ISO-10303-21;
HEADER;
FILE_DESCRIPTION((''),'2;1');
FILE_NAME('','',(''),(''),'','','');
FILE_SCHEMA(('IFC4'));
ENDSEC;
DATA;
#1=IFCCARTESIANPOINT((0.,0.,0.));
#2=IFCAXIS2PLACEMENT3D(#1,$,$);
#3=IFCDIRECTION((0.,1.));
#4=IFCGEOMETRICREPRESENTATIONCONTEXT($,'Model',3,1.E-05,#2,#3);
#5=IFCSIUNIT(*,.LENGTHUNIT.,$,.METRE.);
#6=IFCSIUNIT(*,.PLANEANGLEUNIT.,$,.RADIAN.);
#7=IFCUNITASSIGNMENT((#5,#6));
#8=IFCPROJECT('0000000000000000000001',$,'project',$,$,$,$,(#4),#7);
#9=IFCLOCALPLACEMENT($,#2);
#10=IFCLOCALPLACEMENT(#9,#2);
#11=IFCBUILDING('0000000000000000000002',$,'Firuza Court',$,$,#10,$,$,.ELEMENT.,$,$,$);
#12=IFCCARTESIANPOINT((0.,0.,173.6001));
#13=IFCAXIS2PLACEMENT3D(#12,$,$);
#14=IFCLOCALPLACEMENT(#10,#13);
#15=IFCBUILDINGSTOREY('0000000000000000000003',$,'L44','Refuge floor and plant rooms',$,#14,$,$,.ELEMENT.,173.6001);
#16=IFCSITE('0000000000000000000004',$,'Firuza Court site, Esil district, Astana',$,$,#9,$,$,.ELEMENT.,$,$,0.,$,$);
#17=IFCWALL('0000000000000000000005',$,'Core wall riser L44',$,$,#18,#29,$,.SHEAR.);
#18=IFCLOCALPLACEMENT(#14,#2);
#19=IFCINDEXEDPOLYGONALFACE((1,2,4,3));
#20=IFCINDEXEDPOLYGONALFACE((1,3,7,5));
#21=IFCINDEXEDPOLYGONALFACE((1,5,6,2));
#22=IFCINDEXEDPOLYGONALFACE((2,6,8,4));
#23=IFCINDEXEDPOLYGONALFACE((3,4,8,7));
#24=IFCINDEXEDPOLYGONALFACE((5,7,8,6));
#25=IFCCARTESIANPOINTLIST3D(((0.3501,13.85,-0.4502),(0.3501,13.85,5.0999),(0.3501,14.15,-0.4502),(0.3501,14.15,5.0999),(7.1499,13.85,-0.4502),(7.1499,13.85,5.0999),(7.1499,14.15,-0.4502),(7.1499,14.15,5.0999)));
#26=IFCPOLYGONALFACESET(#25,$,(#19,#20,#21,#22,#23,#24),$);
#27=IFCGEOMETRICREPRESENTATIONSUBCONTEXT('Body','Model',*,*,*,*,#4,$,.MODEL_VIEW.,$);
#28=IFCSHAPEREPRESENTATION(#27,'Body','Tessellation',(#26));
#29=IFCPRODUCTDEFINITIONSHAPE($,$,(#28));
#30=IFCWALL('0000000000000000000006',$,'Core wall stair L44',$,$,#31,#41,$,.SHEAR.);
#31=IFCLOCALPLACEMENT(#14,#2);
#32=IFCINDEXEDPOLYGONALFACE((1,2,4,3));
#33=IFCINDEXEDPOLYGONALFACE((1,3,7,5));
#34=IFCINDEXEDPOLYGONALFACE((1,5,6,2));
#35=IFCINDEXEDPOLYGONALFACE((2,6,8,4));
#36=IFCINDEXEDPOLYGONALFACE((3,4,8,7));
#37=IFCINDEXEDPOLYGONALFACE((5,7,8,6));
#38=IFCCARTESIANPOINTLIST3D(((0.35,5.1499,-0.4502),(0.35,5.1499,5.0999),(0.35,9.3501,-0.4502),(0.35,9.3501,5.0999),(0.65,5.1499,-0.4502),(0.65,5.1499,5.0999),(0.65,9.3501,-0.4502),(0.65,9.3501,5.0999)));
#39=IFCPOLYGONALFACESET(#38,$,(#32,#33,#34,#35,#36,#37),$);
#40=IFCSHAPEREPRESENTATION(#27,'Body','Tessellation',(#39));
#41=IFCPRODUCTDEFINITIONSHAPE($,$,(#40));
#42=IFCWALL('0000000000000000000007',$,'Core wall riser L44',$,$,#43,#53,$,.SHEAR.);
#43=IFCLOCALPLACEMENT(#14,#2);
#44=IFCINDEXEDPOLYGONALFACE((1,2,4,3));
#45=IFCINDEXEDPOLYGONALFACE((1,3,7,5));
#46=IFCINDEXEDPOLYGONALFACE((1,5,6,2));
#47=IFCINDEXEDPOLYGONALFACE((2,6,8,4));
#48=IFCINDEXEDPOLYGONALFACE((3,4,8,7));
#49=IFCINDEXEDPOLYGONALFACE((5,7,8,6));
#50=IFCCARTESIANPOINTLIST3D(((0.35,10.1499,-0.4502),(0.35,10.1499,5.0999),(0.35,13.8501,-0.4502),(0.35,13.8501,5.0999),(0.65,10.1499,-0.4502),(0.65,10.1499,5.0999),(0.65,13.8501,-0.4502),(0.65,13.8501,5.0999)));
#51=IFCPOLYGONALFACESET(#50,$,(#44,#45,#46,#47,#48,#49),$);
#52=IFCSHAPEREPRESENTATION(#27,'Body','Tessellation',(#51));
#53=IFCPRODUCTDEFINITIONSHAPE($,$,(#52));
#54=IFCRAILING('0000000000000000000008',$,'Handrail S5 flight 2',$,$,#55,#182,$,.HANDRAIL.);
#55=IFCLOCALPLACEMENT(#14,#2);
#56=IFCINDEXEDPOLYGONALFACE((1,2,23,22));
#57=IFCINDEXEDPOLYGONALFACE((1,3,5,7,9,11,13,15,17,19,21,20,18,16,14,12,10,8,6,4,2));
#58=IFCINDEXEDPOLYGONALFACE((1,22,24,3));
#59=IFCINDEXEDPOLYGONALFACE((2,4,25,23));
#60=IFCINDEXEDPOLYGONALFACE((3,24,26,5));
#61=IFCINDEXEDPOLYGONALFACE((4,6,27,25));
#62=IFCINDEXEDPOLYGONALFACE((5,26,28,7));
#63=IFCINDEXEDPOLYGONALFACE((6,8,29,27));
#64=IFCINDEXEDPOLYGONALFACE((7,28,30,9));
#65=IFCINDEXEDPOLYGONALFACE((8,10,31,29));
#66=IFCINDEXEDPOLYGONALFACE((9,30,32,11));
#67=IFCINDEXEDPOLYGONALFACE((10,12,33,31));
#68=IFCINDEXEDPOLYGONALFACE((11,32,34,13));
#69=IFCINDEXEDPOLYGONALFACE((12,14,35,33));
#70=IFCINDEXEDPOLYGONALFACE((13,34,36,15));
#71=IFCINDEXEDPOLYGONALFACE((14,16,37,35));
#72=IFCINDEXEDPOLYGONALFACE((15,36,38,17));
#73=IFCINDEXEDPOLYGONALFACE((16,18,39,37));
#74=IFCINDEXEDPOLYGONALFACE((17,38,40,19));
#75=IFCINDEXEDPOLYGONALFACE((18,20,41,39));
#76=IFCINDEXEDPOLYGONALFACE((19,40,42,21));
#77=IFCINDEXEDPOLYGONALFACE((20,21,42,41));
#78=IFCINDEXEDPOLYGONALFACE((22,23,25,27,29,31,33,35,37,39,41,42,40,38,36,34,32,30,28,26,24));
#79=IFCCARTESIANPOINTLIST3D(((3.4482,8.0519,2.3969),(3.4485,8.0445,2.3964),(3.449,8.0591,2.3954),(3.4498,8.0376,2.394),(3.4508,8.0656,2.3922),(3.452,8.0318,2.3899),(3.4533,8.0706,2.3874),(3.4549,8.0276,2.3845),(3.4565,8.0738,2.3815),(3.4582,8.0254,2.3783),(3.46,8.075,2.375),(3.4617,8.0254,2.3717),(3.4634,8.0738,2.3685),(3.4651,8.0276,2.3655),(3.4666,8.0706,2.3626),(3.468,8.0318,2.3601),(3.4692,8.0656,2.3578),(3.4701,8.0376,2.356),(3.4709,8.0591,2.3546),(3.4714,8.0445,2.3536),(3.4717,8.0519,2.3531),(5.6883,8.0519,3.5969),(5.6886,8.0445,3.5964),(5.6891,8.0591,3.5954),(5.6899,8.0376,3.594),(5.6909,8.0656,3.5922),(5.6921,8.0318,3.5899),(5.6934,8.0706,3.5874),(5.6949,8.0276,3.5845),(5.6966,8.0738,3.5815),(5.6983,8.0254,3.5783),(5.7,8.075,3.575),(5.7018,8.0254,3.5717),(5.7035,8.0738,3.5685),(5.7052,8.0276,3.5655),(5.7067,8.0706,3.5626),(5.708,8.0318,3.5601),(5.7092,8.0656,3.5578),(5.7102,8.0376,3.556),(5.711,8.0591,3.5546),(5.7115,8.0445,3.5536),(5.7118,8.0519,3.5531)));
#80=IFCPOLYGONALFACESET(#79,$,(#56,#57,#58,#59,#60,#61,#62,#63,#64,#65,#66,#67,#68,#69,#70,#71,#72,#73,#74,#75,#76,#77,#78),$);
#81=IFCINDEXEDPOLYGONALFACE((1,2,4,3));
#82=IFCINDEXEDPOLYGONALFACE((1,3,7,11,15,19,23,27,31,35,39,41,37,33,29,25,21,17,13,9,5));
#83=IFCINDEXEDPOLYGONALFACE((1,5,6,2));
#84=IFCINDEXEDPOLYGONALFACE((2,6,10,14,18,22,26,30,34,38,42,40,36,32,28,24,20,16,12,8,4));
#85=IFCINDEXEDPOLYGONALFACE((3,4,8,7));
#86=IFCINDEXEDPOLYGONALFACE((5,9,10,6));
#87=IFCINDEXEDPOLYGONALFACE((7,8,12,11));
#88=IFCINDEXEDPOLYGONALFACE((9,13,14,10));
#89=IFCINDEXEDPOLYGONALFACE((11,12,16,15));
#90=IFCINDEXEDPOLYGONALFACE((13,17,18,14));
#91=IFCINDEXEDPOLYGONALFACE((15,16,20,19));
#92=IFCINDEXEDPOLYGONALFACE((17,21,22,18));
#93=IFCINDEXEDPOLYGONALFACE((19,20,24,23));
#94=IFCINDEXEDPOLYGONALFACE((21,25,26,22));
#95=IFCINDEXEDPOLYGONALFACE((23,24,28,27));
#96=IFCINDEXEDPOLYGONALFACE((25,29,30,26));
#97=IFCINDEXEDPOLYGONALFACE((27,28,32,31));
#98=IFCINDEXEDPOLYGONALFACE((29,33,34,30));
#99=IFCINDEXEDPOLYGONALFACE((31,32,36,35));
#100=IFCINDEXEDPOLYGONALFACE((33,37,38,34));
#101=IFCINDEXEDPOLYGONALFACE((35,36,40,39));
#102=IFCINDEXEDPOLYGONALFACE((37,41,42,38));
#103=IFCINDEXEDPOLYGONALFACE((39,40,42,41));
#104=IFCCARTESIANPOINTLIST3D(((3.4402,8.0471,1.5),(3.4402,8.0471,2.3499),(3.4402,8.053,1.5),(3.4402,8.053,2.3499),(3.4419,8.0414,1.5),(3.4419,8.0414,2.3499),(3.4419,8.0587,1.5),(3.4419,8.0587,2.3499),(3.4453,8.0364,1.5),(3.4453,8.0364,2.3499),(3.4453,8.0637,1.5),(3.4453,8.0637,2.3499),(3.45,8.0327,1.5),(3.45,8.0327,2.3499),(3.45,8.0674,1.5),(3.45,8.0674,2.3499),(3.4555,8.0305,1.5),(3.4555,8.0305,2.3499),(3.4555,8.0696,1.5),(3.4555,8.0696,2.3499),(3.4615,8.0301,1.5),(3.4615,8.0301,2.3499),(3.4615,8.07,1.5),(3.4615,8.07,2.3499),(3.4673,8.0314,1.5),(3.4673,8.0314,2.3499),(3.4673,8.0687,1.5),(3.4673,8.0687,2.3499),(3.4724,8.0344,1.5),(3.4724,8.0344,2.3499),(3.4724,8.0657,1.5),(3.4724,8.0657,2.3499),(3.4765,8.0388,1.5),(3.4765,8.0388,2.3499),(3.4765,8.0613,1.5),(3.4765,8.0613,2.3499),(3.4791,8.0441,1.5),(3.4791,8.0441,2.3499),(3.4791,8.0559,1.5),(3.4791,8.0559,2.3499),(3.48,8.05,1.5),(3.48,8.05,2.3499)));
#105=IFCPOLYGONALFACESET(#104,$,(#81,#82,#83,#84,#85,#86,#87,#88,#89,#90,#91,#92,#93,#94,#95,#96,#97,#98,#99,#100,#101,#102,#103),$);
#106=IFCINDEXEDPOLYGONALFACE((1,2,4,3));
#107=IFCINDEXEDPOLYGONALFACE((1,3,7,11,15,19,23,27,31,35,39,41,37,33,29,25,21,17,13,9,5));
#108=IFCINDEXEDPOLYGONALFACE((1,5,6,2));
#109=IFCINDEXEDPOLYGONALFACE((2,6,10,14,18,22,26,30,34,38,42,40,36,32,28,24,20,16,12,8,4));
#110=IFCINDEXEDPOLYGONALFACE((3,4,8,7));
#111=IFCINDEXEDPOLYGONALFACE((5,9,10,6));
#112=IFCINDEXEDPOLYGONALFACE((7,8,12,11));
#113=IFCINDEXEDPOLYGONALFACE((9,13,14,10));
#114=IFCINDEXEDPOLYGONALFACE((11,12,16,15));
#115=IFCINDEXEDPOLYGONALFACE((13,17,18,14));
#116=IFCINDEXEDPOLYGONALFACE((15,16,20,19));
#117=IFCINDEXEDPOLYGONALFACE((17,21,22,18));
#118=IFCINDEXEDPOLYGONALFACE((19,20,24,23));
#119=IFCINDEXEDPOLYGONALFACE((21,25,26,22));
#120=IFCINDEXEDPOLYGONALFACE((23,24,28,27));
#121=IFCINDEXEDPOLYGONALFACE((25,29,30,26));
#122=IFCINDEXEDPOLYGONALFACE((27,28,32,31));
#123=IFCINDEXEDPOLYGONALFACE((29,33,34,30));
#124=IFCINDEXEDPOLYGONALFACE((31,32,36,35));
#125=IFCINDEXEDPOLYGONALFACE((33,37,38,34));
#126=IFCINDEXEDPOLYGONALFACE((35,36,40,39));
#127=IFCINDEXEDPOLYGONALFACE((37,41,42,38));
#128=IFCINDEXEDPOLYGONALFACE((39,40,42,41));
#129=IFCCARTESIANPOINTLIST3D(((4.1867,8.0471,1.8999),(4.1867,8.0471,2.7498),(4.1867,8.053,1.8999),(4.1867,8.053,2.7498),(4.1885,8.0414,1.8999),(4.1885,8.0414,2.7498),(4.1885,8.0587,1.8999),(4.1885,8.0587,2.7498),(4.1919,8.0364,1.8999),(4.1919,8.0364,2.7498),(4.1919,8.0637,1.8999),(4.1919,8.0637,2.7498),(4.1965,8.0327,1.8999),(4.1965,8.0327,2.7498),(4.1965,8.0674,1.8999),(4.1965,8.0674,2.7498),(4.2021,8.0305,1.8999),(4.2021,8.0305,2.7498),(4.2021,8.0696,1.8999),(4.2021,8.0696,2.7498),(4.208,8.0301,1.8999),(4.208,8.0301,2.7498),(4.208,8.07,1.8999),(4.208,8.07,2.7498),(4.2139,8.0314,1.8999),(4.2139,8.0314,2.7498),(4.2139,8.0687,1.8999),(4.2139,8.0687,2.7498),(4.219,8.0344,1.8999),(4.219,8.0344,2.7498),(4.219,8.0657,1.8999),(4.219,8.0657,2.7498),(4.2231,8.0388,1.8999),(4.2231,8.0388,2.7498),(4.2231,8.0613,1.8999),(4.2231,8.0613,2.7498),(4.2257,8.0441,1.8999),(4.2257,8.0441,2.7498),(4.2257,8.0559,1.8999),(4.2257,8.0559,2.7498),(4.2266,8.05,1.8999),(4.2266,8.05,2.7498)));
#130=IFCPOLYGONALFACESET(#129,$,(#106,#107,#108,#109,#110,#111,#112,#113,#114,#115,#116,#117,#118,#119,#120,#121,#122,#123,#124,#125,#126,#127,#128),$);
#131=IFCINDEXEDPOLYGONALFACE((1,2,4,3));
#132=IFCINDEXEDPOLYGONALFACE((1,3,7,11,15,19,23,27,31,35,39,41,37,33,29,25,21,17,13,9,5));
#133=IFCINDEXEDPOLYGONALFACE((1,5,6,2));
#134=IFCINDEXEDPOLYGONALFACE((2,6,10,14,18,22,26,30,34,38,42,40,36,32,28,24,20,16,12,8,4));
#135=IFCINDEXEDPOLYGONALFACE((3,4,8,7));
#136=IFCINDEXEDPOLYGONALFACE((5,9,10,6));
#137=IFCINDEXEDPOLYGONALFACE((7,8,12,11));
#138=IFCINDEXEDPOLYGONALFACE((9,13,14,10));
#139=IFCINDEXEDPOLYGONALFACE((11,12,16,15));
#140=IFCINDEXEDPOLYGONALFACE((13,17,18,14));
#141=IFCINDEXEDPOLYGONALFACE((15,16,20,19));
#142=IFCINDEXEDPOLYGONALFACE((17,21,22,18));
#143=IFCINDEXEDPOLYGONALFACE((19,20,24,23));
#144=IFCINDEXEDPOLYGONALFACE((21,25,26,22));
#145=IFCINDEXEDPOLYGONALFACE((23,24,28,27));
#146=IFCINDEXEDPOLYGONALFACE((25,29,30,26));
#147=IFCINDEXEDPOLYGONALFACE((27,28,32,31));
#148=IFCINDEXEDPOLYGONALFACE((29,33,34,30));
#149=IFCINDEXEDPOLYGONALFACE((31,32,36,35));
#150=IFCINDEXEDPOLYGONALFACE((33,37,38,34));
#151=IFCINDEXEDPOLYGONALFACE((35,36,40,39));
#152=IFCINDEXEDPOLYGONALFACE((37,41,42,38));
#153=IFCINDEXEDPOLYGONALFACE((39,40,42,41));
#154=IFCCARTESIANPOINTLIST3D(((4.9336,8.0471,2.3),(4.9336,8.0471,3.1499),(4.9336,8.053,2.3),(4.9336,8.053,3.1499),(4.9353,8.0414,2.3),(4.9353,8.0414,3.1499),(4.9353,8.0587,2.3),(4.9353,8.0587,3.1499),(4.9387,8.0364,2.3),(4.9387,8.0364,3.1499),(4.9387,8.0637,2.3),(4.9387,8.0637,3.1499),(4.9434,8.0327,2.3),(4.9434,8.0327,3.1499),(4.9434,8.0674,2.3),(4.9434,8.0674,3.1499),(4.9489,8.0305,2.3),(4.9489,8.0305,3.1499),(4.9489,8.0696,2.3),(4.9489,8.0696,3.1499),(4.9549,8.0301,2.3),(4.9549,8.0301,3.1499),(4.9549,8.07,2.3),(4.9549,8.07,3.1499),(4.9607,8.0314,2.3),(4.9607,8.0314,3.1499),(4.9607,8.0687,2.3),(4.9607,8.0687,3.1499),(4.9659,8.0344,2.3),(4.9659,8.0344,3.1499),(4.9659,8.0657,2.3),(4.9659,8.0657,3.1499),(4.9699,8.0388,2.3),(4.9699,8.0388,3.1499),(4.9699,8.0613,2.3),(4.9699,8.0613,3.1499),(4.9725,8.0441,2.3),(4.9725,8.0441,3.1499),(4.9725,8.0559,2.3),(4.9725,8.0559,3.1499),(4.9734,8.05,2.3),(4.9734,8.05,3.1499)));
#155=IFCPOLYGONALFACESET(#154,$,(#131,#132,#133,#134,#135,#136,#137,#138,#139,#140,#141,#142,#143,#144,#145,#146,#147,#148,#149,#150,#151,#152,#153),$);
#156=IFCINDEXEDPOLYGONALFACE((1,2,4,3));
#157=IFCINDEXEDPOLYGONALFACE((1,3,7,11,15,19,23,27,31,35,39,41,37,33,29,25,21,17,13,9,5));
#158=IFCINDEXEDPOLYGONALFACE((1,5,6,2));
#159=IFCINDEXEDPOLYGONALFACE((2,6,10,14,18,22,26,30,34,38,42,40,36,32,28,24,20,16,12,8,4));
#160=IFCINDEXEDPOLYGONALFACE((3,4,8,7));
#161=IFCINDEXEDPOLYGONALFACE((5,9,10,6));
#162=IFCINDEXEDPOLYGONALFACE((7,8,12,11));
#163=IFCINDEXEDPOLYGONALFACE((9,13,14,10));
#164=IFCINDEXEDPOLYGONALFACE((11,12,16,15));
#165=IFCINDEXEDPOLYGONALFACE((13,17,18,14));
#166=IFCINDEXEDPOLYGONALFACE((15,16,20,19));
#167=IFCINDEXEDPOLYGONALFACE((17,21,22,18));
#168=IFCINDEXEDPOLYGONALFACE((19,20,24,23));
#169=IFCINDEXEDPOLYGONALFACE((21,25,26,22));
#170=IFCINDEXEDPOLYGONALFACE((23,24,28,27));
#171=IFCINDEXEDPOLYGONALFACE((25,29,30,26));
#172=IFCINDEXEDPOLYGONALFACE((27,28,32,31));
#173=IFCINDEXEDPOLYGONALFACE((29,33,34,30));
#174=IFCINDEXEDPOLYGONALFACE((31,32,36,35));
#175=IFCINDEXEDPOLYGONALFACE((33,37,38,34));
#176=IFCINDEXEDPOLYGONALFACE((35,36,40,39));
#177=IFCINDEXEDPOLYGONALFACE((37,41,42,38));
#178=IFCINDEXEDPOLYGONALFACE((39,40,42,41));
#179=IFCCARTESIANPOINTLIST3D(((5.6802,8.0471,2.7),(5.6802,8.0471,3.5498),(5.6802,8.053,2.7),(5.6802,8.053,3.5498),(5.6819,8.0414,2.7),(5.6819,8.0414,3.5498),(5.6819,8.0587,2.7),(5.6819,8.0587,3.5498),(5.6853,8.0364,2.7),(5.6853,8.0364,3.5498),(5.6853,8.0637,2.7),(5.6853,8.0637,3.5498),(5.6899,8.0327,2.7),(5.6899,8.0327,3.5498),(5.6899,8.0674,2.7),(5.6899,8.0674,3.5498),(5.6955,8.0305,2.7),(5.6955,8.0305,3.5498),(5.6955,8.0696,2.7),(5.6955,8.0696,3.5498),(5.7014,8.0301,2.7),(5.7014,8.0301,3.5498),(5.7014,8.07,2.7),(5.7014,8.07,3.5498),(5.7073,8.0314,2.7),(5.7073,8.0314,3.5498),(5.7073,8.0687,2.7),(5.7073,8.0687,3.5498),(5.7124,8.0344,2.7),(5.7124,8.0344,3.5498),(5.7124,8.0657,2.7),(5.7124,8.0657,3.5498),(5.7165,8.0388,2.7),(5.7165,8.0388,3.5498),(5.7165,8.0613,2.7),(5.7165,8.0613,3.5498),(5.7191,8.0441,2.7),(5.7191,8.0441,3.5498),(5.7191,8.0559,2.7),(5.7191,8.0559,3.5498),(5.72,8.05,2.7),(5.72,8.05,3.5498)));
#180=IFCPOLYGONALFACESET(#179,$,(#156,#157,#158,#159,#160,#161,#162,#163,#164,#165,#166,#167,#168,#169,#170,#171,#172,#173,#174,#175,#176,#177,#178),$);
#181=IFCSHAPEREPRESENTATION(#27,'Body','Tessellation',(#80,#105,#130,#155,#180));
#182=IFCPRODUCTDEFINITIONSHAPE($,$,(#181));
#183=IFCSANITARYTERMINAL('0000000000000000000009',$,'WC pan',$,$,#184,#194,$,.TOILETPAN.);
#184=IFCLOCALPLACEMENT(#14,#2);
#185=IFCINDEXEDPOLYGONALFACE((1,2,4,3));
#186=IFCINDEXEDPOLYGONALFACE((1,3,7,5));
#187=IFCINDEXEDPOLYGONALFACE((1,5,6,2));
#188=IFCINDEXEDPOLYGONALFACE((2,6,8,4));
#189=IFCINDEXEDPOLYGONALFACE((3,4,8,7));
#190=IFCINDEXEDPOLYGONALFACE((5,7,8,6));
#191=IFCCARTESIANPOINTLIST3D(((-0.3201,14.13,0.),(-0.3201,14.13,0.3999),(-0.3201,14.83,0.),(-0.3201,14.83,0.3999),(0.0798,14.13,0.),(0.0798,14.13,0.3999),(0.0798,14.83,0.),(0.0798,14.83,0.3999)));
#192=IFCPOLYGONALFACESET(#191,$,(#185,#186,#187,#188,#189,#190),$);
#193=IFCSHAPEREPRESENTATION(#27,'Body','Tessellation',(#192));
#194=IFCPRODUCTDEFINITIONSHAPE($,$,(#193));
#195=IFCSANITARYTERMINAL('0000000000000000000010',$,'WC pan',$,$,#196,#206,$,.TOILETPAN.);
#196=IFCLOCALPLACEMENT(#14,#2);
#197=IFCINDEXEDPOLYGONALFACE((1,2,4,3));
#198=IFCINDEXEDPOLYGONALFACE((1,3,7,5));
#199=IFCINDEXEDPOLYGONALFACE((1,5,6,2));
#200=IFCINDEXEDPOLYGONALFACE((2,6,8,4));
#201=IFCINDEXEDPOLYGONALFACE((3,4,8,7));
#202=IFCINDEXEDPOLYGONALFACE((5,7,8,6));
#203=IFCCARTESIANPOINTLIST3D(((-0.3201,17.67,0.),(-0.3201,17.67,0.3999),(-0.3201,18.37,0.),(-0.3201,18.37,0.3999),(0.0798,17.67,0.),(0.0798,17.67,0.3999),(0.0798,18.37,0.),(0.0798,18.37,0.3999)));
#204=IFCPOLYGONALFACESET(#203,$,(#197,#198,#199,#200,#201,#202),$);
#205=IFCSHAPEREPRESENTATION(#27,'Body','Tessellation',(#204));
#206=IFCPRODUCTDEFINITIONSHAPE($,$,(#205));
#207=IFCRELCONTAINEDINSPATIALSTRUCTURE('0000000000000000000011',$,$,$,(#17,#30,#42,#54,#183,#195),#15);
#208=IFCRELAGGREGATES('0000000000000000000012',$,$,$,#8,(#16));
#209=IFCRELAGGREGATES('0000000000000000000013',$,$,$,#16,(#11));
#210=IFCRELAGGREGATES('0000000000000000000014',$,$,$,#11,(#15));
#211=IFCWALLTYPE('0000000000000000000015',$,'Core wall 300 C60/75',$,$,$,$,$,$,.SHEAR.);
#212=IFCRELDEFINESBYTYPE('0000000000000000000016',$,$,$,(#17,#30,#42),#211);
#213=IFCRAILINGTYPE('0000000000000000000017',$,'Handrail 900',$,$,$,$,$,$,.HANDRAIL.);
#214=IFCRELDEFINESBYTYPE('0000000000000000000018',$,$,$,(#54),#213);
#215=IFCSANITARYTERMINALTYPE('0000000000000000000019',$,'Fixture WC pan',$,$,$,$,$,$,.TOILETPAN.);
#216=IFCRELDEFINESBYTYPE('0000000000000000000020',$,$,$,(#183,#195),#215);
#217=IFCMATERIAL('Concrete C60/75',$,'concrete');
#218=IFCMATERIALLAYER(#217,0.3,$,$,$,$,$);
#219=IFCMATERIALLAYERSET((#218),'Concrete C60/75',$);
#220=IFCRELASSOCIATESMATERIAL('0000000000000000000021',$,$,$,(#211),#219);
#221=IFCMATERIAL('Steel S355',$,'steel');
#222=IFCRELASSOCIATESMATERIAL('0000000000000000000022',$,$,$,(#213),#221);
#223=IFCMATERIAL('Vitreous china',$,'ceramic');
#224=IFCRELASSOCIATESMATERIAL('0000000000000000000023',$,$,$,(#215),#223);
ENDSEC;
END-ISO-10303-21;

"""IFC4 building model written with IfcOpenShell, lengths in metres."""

from ifc_helpers import new_model, si_unit, direction, frame, frame_2d, origin, origin_2d, place, context, subcontext, project, spatial, rectangle, circle, extrude, material, layer, layer_set, type_object, element, save


model = new_model("IFC4")

# Units and contexts
model_context = context("Model", 3, precision=1e-05, world=origin(), true_north=direction((0.0, 1.0)))
body_context = subcontext(model_context, "Body", "Model", "MODEL_VIEW")
ifc_project = project(units=[si_unit("LENGTHUNIT", "METRE"), si_unit("PLANEANGLEUNIT", "RADIAN")], contexts=[model_context])

# Site, building, storey
site_placement = place(None, origin())
site = spatial("IfcSite", under=ifc_project, at=site_placement, Name="Firuza Court site, Esil district, Astana", CompositionType="ELEMENT", RefElevation=0.0)
building_placement = place(site_placement, origin())
building = spatial("IfcBuilding", under=site, at=building_placement, Name="Firuza Court", CompositionType="ELEMENT")
storey_placement = place(building_placement, frame((0.0, 0.0, 173.6001)))
storey = spatial("IfcBuildingStorey", under=building, at=storey_placement, Name="L44", Description="Refuge floor and plant rooms", CompositionType="ELEMENT", Elevation=173.6001)

# Walls
ifc_material_1 = material(Name="Concrete C60/75", Category="concrete")
ifc_layer_1 = layer(ifc_material_1, 0.3)
ifc_layer_set_1 = layer_set([ifc_layer_1], Name="Concrete C60/75")
wall_type_1 = type_object("IfcWallType", Name="Core wall 300 C60/75", PredefinedType="SHEAR", material=ifc_layer_set_1)
for number, where, z_axis, x_axis, name in (
    (1, (0.3501, 14.0, -0.4502), (0.0, 0.0, 1.0), (1.0, 0.0, 0.0), "Core wall riser L44"),
):
    element("IfcWall", number, at=place(storey_placement, frame(where, z_axis=z_axis, x_axis=x_axis)), inside=storey, type_object=wall_type_1, Name=name, PredefinedType="SHEAR", context=body_context, shape_type="SweptSolid", body=[
        extrude(rectangle(XDim=6.7998, YDim=0.3, at=frame_2d((3.3999, 0.0))), origin(), (0.0, 0.0, 1.0), 5.55),
    ])
wall_1_placement = place(storey_placement, frame((0.5, 5.1499, -0.4502), z_axis=(0.0, 0.0, 1.0), x_axis=(0.0, 1.0, 0.0)))
element("IfcWall", 2, at=wall_1_placement, inside=storey, type_object=wall_type_1, Name="Core wall stair L44", PredefinedType="SHEAR", context=body_context, shape_type="SweptSolid", body=[
    extrude(rectangle(XDim=4.2002, YDim=0.3, at=frame_2d((2.1001, 0.0))), origin(), (0.0, 0.0, 1.0), 5.55),
])
wall_2_placement = place(storey_placement, frame((0.5, 10.1499, -0.4502), z_axis=(0.0, 0.0, 1.0), x_axis=(0.0, 1.0, 0.0)))
element("IfcWall", 3, at=wall_2_placement, inside=storey, type_object=wall_type_1, Name="Core wall riser L44", PredefinedType="SHEAR", context=body_context, shape_type="SweptSolid", body=[
    extrude(rectangle(XDim=3.7002, YDim=0.3, at=frame_2d((1.8501, 0.0))), origin(), (0.0, 0.0, 1.0), 5.55),
])

# Railing
ifc_material_2 = material(Name="Steel S355", Category="steel")
railing_type = type_object("IfcRailingType", Name="Handrail 900", PredefinedType="HANDRAIL", material=ifc_material_2)
railing_placement = place(storey_placement, frame((3.46, 8.05, 1.5)))
element("IfcRailing", 4, at=railing_placement, inside=storey, type_object=railing_type, Name="Handrail S5 flight 2", PredefinedType="HANDRAIL", context=body_context, shape_type="SweptSolid", body=[
    extrude(circle(Radius=0.0249, at=origin_2d()), frame((0.0, 0.0, 0.875), z_axis=(0.881487, 0.0, 0.472208), x_axis=(0.0, 1.0, 0.0)), (0.0, 0.0, 1.0), 2.5413),
    extrude(circle(Radius=0.02, at=origin_2d()), origin(), (0.0, 0.0, 1.0), 0.8499),
    extrude(circle(Radius=0.02, at=origin_2d()), frame((0.7466, 0.0, 0.3999)), (0.0, 0.0, 1.0), 0.8499),
    extrude(circle(Radius=0.02, at=origin_2d()), frame((1.4934, 0.0, 0.8)), (0.0, 0.0, 1.0), 0.8499),
    extrude(circle(Radius=0.02, at=origin_2d()), frame((2.24, 0.0, 1.2)), (0.0, 0.0, 1.0), 0.8499),
])

# Sanitary terminals
ifc_material_3 = material(Name="Vitreous china", Category="ceramic")
sanitary_terminal_type_1 = type_object("IfcSanitaryTerminalType", Name="Fixture WC pan", PredefinedType="TOILETPAN", material=ifc_material_3)
for number, where, z_axis, x_axis, name in (
    (5, (-0.1201, 14.48, 0.0), (0.0, 0.0, 1.0), (1.0, 0.0, 0.0), "WC pan"),
    (6, (-0.1201, 18.02, 0.0), (0.0, 0.0, 1.0), (1.0, 0.0, 0.0), "WC pan"),
):
    element("IfcSanitaryTerminal", number, at=place(storey_placement, frame(where, z_axis=z_axis, x_axis=x_axis)), inside=storey, type_object=sanitary_terminal_type_1, Name=name, PredefinedType="TOILETPAN", context=body_context, shape_type="SweptSolid", body=[
        extrude(rectangle(XDim=0.3999, YDim=0.7, at=origin_2d()), origin(), (0.0, 0.0, 1.0), 0.3999),
    ])

save(model, "model.ifc")
